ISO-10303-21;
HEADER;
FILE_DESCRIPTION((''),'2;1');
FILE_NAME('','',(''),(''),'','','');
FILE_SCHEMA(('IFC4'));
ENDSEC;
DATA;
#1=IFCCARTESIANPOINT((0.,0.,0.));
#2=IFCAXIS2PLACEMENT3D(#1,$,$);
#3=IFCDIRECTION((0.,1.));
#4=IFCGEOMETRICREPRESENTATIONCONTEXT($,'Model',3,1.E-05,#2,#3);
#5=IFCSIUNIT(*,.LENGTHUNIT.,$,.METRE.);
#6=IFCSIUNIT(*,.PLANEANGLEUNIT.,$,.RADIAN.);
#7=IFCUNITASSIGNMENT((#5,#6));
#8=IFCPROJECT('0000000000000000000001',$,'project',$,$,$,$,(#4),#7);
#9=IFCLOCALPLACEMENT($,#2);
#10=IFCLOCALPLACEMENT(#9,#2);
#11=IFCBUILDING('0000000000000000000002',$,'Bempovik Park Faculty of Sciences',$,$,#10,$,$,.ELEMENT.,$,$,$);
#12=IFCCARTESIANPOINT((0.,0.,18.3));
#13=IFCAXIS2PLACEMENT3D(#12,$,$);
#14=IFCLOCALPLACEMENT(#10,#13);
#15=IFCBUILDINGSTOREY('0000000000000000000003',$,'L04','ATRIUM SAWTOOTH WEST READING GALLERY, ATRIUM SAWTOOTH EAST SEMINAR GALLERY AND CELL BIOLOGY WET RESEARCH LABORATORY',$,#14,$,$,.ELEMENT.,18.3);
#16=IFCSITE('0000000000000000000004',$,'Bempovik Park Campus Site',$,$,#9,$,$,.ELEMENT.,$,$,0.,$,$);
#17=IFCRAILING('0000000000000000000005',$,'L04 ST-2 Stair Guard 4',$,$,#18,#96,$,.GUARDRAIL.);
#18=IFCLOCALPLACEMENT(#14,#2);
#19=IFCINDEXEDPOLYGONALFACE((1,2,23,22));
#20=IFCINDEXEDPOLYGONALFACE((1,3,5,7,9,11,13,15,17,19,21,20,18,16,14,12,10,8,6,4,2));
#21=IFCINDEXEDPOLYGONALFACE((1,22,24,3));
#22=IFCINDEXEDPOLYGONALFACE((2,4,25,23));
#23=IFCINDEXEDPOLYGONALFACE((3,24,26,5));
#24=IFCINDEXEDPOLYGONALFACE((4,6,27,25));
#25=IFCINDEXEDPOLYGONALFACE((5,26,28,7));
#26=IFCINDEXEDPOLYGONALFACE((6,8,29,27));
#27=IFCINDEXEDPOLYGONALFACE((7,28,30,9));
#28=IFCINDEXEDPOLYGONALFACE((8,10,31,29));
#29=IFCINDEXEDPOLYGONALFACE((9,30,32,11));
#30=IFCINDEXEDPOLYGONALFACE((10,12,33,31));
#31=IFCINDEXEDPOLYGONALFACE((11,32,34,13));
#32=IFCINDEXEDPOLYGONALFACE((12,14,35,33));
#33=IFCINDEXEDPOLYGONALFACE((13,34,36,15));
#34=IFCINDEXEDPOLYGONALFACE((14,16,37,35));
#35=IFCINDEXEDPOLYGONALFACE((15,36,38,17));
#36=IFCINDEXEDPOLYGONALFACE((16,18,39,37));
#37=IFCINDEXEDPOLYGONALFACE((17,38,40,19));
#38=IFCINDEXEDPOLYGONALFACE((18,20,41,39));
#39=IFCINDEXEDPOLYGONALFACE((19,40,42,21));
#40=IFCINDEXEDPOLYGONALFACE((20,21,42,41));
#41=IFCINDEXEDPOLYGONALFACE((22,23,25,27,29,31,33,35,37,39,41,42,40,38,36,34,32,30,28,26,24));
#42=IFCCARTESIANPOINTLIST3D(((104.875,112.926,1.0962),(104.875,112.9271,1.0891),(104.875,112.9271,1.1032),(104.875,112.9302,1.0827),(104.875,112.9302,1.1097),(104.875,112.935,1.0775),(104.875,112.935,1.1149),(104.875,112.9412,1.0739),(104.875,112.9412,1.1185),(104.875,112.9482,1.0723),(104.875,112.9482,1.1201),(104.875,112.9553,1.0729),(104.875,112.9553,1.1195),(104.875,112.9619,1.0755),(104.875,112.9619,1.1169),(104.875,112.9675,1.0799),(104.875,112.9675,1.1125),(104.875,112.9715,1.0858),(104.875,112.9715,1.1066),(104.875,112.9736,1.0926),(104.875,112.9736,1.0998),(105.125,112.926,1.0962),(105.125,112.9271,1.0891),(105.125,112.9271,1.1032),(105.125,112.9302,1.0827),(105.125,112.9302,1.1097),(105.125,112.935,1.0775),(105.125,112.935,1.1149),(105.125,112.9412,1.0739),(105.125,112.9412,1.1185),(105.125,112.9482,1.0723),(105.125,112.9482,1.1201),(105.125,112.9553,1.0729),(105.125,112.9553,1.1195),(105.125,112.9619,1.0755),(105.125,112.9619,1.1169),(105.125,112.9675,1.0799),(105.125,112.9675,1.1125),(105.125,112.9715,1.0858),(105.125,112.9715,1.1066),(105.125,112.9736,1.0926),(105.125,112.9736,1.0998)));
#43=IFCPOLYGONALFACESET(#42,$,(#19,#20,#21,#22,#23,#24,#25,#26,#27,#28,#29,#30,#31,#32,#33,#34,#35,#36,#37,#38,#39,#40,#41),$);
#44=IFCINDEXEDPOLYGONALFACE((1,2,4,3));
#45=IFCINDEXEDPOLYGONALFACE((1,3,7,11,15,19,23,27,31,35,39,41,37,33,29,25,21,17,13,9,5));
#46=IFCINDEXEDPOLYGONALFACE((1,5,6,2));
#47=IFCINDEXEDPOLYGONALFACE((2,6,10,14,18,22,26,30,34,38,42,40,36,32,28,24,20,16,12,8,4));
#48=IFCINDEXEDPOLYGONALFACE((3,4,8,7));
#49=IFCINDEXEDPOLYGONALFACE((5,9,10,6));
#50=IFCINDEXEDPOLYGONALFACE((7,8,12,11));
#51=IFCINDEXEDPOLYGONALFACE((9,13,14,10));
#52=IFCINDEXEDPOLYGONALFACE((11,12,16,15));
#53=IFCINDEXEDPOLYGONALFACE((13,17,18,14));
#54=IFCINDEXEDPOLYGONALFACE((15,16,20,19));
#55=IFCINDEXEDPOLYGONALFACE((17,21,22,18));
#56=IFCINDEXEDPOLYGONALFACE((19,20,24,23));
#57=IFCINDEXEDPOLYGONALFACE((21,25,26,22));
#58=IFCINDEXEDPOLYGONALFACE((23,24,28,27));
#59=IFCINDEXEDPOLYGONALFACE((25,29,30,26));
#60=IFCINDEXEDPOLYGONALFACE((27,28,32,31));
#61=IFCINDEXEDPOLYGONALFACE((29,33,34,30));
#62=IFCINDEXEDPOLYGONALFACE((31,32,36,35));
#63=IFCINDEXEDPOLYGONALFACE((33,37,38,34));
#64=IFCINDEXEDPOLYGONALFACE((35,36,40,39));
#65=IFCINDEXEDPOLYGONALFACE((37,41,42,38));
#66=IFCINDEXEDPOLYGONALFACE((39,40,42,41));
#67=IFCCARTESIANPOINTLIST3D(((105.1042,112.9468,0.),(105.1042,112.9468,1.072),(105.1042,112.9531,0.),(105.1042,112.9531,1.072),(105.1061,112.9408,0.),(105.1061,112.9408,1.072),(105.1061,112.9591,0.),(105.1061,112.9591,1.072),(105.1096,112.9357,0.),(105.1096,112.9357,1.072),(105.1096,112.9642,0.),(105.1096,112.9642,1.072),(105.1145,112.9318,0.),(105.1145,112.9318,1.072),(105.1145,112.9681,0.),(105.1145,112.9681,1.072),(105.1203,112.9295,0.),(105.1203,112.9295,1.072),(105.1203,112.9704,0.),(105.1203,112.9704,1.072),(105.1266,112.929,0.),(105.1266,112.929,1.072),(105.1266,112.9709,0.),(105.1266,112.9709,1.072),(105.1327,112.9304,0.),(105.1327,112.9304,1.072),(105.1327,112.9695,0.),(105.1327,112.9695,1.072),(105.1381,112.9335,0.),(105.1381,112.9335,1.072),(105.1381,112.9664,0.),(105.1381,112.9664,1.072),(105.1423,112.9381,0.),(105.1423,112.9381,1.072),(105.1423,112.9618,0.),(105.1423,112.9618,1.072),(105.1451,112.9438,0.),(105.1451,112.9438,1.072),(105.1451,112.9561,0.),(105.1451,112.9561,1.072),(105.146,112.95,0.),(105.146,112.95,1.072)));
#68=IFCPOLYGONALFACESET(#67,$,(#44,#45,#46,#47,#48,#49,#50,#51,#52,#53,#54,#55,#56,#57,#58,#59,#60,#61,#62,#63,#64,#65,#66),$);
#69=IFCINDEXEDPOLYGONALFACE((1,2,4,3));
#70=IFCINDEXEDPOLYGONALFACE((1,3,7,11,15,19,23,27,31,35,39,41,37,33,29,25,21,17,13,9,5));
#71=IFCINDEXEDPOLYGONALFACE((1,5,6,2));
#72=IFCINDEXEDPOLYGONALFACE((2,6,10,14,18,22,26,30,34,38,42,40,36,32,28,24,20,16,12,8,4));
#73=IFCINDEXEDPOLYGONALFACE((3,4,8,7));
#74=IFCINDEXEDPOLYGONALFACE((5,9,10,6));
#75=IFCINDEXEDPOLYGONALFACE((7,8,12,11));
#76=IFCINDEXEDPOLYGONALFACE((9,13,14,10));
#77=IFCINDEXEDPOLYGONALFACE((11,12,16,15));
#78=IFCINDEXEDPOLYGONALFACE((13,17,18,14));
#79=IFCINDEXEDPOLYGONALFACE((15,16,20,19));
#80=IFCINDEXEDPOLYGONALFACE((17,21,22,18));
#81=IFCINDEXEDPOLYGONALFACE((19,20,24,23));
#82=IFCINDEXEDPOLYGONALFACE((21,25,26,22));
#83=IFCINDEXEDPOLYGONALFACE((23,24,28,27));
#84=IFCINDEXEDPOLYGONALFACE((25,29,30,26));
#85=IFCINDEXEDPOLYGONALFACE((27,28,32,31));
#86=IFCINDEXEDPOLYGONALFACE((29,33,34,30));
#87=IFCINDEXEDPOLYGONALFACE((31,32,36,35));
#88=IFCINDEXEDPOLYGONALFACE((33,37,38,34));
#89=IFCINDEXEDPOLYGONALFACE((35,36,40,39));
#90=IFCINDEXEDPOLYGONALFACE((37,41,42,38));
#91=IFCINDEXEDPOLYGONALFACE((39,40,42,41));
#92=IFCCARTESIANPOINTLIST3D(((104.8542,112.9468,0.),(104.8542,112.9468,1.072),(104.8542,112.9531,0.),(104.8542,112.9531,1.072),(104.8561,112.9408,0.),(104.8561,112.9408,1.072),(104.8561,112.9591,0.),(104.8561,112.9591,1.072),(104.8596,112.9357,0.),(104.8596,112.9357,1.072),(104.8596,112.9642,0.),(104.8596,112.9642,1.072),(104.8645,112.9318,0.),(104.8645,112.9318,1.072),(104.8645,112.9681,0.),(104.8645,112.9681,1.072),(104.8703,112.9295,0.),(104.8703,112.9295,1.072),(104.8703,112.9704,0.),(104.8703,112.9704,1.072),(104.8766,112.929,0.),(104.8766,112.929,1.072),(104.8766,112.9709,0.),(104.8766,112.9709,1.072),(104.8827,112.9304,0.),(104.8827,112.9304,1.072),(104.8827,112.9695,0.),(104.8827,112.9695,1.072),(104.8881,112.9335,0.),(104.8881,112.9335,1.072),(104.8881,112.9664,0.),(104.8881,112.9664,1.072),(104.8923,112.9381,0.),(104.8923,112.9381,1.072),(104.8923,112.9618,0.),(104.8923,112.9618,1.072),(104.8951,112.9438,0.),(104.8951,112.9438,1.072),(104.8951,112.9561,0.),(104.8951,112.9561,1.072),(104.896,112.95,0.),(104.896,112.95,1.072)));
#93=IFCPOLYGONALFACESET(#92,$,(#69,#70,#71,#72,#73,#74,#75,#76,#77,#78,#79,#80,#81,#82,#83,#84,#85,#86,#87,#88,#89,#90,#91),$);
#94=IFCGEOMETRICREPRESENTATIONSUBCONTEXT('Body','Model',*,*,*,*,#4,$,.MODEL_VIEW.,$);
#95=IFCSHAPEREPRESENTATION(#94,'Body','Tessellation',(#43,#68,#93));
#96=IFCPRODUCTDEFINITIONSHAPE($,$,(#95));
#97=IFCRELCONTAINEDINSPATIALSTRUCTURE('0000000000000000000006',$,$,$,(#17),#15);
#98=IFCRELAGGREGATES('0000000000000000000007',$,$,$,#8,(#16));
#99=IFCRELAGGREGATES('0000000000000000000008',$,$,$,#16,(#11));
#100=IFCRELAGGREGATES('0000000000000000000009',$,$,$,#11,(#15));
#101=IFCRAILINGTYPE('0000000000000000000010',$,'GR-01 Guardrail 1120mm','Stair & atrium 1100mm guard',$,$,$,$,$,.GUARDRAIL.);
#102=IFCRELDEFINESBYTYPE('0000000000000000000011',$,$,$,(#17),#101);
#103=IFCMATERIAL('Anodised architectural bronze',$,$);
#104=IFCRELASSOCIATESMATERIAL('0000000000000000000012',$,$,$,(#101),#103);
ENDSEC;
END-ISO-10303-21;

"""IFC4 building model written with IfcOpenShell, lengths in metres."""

from ifc_helpers import new_model, si_unit, direction, frame, origin, origin_2d, place, context, subcontext, project, spatial, circle, extrude, material, type_object, element, save


model = new_model("IFC4")

# Units and contexts
model_context = context("Model", 3, precision=1e-05, world=origin(), true_north=direction((0.0, 1.0)))
body_context = subcontext(model_context, "Body", "Model", "MODEL_VIEW")
ifc_project = project(units=[si_unit("LENGTHUNIT", "METRE"), si_unit("PLANEANGLEUNIT", "RADIAN")], contexts=[model_context])

# Site, building, storey
site_placement = place(None, origin())
site = spatial("IfcSite", under=ifc_project, at=site_placement, Name="Bempovik Park Campus Site", CompositionType="ELEMENT", RefElevation=0.0)
building_placement = place(site_placement, origin())
building = spatial("IfcBuilding", under=site, at=building_placement, Name="Bempovik Park Faculty of Sciences", CompositionType="ELEMENT")
storey_placement = place(building_placement, frame((0.0, 0.0, 18.3)))
storey = spatial("IfcBuildingStorey", under=building, at=storey_placement, Name="L04", Description="ATRIUM SAWTOOTH WEST READING GALLERY, ATRIUM SAWTOOTH EAST SEMINAR GALLERY AND CELL BIOLOGY WET RESEARCH LABORATORY", CompositionType="ELEMENT", Elevation=18.3)

# Railing
ifc_material_1 = material(Name="Anodised architectural bronze")
railing_type_1 = type_object("IfcRailingType", Name="GR-01 Guardrail 1120mm", Description="Stair & atrium 1100mm guard", PredefinedType="GUARDRAIL", material=ifc_material_1)
railing_1_placement = place(storey_placement, frame((105.125, 112.95, 0.0)))
element("IfcRailing", 1, at=railing_1_placement, inside=storey, type_object=railing_type_1, Name="L04 ST-2 Stair Guard 4", PredefinedType="GUARDRAIL", context=body_context, shape_type="SweptSolid", body=[
    extrude(circle(Radius=0.0239, at=origin_2d()), frame((0.0, 0.0, 1.0962), z_axis=(-1.0, 0.0, 0.0), x_axis=(0.0, -1.0, 0.0)), (0.0, 0.0, 1.0), 0.25),
    extrude(circle(Radius=0.021, at=origin_2d()), origin(), (0.0, 0.0, 1.0), 1.072),
    extrude(circle(Radius=0.021, at=origin_2d()), frame((-0.25, 0.0, 0.0)), (0.0, 0.0, 1.0), 1.072),
])

save(model, "model.ifc")
